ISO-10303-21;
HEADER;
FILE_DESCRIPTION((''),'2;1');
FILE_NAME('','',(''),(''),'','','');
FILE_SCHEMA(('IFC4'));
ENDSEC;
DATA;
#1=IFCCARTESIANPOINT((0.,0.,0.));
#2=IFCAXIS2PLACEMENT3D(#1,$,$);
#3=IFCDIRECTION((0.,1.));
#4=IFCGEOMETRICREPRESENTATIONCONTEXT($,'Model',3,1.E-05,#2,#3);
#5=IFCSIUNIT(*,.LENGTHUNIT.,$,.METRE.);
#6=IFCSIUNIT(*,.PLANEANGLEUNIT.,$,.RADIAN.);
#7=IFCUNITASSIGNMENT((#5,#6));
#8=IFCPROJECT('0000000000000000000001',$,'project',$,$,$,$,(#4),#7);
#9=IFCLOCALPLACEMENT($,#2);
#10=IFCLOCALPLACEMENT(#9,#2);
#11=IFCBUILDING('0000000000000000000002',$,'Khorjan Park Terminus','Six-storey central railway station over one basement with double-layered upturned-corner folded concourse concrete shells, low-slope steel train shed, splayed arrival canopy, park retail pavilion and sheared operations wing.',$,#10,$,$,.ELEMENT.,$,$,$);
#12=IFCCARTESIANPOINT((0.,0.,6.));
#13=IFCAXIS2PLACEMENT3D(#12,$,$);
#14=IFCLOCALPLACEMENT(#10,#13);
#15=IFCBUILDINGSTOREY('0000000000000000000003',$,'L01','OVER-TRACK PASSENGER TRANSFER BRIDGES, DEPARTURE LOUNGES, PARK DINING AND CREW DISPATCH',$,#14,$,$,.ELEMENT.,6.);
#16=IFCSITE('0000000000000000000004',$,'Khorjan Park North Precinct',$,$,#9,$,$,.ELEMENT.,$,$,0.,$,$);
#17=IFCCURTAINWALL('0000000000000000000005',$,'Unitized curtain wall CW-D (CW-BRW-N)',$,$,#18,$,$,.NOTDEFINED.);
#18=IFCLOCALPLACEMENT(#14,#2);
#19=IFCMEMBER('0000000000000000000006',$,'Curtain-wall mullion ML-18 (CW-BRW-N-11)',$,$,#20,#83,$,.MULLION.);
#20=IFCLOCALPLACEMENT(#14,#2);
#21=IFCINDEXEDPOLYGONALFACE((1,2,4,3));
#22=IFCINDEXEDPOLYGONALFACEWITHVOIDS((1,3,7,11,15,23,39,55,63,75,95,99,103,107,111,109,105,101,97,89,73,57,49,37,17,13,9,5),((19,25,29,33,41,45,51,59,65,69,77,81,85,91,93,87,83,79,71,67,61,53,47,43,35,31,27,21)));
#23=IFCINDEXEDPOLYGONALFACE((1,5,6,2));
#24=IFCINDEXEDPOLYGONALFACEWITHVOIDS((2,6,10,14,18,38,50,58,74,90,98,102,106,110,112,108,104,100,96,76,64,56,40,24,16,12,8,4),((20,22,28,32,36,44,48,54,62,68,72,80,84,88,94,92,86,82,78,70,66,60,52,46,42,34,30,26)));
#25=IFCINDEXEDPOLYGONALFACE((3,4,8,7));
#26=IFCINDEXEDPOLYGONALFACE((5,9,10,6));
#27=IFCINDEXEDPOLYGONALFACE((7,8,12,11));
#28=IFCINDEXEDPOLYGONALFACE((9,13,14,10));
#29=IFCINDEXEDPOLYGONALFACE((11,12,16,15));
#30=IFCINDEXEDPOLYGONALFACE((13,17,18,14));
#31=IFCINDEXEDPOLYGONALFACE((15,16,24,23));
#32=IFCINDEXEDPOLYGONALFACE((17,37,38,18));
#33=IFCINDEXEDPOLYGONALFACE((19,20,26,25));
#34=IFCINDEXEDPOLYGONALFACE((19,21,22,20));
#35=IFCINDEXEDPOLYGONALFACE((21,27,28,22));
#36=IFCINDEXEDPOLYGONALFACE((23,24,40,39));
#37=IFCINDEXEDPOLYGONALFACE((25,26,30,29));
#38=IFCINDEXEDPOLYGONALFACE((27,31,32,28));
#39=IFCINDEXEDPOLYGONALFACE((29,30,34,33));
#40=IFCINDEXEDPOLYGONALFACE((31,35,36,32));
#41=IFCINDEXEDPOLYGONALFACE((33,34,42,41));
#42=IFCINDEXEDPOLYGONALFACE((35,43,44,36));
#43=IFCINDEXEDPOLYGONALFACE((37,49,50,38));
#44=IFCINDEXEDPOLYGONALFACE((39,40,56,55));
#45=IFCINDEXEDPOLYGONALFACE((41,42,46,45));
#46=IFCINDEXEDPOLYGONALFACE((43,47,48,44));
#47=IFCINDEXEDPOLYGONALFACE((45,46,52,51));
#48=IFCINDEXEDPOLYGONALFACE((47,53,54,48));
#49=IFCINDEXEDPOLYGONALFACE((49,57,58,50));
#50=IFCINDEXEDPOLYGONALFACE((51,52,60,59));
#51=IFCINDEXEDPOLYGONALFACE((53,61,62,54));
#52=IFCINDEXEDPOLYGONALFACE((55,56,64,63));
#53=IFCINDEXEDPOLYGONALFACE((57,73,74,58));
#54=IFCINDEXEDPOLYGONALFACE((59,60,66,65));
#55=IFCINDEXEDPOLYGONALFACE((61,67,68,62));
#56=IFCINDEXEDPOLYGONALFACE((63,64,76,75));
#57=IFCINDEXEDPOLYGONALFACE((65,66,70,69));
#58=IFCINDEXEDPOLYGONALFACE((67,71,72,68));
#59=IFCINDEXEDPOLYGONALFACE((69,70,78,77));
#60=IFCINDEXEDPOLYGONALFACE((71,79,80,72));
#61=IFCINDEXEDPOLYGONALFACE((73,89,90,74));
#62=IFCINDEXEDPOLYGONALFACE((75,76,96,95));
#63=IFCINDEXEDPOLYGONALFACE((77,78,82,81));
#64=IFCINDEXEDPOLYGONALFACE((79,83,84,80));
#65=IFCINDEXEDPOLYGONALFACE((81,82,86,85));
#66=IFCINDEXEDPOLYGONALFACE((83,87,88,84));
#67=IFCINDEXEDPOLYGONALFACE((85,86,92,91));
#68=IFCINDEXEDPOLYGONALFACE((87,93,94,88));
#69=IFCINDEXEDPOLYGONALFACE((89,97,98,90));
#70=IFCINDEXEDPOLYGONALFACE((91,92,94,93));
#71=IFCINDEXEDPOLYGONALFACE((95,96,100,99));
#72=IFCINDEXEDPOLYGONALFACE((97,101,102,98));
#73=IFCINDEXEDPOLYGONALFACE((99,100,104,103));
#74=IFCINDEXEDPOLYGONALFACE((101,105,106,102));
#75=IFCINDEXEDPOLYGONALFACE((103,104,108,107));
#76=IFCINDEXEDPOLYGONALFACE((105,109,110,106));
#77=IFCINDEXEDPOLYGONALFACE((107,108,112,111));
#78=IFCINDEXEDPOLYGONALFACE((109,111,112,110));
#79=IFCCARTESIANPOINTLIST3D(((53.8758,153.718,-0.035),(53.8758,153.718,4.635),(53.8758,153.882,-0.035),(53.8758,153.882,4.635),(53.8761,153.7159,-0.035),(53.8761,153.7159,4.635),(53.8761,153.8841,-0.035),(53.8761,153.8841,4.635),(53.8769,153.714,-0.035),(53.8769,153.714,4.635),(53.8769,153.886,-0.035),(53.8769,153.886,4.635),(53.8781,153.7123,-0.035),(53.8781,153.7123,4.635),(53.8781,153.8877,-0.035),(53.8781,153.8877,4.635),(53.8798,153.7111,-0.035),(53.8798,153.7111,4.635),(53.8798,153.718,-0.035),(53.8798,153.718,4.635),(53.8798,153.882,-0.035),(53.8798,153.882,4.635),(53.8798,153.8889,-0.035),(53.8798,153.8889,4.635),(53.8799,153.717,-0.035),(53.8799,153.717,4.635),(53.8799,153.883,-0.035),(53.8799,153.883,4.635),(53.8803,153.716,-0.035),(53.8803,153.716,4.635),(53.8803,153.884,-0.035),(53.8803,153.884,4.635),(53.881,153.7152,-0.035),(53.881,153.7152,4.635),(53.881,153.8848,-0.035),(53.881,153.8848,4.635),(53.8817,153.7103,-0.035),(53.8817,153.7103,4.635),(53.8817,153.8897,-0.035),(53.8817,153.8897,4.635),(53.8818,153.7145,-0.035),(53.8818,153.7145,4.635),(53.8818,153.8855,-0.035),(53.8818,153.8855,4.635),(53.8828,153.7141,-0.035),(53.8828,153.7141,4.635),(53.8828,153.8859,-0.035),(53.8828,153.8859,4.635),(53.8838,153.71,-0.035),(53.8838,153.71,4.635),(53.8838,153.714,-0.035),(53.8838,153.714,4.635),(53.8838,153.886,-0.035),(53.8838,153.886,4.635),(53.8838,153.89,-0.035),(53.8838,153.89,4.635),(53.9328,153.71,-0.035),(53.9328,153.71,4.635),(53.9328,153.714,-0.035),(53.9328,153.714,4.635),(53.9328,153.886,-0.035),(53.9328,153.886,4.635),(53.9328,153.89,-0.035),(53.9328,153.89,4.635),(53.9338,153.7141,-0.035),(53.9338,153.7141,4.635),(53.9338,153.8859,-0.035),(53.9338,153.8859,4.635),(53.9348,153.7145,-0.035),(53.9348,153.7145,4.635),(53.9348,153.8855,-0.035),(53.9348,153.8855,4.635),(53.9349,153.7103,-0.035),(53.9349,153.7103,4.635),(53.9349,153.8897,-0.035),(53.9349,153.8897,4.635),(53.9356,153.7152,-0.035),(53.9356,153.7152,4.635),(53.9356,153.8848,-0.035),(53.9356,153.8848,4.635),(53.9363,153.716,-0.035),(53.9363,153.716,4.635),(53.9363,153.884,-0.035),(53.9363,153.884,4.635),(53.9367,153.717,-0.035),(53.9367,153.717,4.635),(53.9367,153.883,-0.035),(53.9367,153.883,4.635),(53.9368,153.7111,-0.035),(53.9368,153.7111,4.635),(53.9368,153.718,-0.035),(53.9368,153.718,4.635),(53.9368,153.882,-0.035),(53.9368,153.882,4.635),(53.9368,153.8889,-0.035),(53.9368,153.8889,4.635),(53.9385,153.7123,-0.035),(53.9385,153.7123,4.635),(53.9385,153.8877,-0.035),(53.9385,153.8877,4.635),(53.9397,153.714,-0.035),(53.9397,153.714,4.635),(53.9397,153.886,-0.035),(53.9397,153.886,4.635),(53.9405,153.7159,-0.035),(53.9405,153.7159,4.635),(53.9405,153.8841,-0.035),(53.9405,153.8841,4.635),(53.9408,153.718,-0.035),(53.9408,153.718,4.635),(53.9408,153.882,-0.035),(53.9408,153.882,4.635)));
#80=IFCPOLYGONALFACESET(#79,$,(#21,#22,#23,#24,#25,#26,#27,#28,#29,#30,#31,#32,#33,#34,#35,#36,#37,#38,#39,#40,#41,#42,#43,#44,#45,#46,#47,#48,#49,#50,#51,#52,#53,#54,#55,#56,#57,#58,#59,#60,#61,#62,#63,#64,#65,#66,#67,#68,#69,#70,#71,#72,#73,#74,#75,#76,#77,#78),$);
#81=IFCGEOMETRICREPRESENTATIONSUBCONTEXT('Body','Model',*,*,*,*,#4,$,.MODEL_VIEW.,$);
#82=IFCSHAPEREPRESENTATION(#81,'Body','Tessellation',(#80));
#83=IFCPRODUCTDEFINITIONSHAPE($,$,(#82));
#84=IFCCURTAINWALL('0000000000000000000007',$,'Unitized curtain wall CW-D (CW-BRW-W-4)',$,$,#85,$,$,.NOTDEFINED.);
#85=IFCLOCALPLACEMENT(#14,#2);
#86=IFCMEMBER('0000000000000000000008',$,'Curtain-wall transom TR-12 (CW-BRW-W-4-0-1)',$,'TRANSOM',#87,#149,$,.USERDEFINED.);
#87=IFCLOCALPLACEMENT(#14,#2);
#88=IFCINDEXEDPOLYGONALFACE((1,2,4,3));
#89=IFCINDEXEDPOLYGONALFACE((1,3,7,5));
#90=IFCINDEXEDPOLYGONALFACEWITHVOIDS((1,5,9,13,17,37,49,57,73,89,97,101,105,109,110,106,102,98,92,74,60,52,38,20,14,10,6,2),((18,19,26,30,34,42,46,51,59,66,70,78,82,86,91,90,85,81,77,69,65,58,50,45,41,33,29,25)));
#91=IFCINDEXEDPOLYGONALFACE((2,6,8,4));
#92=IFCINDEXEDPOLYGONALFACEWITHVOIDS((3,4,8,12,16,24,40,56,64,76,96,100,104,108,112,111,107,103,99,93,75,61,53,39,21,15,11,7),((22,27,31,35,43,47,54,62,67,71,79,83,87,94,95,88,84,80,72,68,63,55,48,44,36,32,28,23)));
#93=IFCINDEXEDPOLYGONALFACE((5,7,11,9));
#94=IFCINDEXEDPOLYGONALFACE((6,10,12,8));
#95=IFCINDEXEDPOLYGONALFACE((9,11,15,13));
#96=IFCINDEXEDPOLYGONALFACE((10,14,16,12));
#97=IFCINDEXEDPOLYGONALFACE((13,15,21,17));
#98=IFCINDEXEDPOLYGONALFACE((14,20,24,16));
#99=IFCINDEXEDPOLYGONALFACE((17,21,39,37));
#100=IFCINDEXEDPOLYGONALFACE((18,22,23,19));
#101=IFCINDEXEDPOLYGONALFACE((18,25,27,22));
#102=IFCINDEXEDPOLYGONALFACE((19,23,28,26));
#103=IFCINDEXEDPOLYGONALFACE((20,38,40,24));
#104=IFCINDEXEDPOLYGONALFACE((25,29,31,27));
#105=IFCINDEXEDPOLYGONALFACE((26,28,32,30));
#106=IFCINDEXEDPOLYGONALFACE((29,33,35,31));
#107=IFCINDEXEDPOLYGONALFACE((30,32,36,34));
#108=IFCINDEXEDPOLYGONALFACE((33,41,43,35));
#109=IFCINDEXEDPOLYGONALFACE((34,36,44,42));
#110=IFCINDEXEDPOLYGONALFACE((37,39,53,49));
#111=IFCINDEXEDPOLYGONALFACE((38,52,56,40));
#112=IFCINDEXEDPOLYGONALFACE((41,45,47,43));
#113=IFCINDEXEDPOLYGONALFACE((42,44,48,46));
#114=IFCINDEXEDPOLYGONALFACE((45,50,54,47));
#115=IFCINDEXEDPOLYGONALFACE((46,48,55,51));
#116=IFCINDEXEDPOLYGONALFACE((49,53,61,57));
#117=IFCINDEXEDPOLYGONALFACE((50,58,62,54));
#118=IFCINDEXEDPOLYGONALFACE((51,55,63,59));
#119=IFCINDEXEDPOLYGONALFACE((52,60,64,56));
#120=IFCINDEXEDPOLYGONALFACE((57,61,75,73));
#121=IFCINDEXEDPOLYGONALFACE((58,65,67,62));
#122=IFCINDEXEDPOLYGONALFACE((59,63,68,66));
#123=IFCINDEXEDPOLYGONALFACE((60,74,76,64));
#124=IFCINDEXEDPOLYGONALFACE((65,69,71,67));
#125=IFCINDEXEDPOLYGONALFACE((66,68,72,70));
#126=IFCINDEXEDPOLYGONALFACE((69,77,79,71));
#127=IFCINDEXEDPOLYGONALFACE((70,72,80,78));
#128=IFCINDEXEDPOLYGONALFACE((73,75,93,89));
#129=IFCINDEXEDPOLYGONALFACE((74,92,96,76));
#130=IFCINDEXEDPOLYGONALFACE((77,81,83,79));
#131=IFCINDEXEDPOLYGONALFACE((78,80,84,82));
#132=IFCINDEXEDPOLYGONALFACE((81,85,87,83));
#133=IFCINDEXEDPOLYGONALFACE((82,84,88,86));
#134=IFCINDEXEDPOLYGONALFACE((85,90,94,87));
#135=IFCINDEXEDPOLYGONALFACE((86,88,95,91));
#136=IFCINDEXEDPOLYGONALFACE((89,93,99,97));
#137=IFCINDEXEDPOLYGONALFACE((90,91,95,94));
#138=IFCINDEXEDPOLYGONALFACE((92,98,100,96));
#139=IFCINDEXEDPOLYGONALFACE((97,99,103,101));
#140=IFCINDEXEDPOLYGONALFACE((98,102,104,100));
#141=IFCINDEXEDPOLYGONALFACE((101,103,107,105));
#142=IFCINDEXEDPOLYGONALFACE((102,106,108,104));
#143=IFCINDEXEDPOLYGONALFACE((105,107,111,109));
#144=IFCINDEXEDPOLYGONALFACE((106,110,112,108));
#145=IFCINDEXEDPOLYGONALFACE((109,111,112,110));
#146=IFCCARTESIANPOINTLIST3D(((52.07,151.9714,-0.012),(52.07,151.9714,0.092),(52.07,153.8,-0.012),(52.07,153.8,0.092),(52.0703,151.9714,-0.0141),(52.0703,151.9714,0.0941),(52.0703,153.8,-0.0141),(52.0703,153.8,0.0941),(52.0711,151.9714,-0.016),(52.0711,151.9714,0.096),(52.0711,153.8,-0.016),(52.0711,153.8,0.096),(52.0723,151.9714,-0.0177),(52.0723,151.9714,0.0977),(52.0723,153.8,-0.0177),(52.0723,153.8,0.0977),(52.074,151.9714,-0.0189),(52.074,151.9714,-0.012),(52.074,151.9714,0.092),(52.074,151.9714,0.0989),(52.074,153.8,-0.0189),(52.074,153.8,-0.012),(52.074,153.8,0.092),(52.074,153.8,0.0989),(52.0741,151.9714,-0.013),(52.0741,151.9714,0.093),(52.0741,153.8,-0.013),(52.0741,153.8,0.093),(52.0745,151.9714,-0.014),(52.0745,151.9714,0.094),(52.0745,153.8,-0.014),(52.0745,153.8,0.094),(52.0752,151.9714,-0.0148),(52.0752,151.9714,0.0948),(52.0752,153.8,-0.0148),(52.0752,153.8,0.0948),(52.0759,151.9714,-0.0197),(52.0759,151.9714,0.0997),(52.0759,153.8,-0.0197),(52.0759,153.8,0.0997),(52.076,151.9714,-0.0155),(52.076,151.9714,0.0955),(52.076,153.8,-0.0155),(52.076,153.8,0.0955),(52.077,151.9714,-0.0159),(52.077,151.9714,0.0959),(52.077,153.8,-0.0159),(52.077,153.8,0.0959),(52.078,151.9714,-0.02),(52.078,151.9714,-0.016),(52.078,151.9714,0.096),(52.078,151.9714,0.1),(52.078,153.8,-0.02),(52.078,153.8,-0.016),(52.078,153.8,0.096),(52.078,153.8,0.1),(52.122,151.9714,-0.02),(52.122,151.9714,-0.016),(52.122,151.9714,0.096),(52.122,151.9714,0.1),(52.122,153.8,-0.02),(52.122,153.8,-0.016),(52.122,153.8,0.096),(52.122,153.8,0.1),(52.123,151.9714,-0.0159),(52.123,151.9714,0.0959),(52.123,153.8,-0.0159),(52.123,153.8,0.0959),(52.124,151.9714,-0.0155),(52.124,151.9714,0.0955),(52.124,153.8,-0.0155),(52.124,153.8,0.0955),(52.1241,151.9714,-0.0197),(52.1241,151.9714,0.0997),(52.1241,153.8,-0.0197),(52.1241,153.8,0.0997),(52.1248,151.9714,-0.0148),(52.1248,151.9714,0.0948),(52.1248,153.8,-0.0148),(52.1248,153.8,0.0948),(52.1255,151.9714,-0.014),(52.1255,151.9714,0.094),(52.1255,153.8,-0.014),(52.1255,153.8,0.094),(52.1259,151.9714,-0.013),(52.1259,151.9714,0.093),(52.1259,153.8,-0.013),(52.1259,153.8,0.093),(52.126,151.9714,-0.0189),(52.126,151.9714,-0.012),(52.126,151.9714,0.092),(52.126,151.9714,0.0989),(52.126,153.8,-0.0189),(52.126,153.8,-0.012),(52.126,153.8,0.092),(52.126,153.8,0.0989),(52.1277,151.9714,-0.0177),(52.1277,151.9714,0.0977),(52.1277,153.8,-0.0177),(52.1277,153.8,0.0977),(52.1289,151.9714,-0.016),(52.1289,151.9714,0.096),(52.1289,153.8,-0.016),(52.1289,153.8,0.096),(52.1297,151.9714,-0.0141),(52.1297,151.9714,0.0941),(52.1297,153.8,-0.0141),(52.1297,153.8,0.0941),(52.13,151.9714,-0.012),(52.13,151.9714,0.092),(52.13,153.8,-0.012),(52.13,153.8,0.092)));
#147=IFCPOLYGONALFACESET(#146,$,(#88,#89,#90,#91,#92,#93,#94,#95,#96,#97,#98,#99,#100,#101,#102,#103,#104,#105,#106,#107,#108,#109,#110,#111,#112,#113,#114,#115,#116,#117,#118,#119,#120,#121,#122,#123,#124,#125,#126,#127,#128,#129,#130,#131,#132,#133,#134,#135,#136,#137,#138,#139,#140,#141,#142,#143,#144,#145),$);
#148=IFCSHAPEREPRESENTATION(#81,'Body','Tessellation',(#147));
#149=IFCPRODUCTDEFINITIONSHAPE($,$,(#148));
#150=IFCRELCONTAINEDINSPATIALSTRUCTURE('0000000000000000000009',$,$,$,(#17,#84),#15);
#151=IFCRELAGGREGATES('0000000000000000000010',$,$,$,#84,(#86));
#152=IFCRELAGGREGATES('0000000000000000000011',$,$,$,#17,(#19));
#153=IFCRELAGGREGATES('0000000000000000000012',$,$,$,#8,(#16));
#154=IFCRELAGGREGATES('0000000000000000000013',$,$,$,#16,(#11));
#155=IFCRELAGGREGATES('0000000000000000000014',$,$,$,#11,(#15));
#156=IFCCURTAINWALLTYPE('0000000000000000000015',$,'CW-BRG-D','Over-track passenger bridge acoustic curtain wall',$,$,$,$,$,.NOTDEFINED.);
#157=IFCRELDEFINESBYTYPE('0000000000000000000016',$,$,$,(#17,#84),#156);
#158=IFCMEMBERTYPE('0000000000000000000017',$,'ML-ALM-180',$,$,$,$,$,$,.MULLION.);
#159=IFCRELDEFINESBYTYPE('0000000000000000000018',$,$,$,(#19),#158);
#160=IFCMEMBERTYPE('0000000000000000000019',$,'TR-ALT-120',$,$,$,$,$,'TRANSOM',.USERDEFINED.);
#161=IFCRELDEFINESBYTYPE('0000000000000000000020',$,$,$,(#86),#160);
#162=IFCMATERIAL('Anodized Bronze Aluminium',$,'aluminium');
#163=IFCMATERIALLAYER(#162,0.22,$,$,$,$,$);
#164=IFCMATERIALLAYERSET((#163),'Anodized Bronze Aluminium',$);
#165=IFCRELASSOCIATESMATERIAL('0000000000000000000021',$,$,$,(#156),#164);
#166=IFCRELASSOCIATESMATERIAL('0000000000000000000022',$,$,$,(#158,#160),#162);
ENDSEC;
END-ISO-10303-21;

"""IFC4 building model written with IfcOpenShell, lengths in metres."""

from ifc_helpers import new_model, si_unit, direction, frame, origin, origin_2d, place, context, subcontext, project, spatial, hollow_rectangle, extrude, material, layer, layer_set, material_profile, profile_set, type_object, element, aggregate, save


model = new_model("IFC4")

# Units and contexts
model_context = context("Model", 3, precision=1e-05, world=origin(), true_north=direction((0.0, 1.0)))
body_context = subcontext(model_context, "Body", "Model", "MODEL_VIEW")
ifc_project = project(units=[si_unit("LENGTHUNIT", "METRE"), si_unit("PLANEANGLEUNIT", "RADIAN")], contexts=[model_context])

# Site, building, storey
site_placement = place(None, origin())
site = spatial("IfcSite", under=ifc_project, at=site_placement, Name="Khorjan Park North Precinct", CompositionType="ELEMENT", RefElevation=0.0)
building_placement = place(site_placement, origin())
building = spatial("IfcBuilding", under=site, at=building_placement, Name="Khorjan Park Terminus", Description="Six-storey central railway station over one basement with double-layered upturned-corner folded concourse concrete shells, low-slope steel train shed, splayed arrival canopy, park retail pavilion and sheared operations wing.", CompositionType="ELEMENT")
storey_placement = place(building_placement, frame((0.0, 0.0, 6.0)))
storey = spatial("IfcBuildingStorey", under=building, at=storey_placement, Name="L01", Description="OVER-TRACK PASSENGER TRANSFER BRIDGES, DEPARTURE LOUNGES, PARK DINING AND CREW DISPATCH", CompositionType="ELEMENT", Elevation=6.0)

# Curtain walls, members
ifc_material_1 = material(Name="Anodized Bronze Aluminium", Category="aluminium")
ifc_layer_1 = layer(ifc_material_1, 0.22)
ifc_layer_set_1 = layer_set([ifc_layer_1], Name="Anodized Bronze Aluminium")
curtain_wall_type = type_object("IfcCurtainWallType", Name="CW-BRG-D", Description="Over-track passenger bridge acoustic curtain wall", PredefinedType="NOTDEFINED", material=ifc_layer_set_1)
curtain_wall_1_placement = place(storey_placement, origin())
curtain_wall_1 = element("IfcCurtainWall", 1, at=curtain_wall_1_placement, inside=storey, type_object=curtain_wall_type, Name="Unitized curtain wall CW-D (CW-BRW-N)", PredefinedType="NOTDEFINED")
ifc_material_profile_1 = material_profile(ifc_material_1, hollow_rectangle(XDim=0.065, YDim=0.18, WallThickness=0.004, InnerFilletRadius=0.004, OuterFilletRadius=0.008, at=origin_2d()), Name="ALM 65x180x4")
ifc_profile_set_1 = profile_set([ifc_material_profile_1], Name="Anodized Bronze Aluminium")
member_type_1 = type_object("IfcMemberType", Name="ML-ALM-180", PredefinedType="MULLION", material=ifc_profile_set_1)
member_1_placement = place(storey_placement, frame((53.9083, 153.8, -0.035), z_axis=(0.0, 0.0, 1.0), x_axis=(-1.0, 0.0, 0.0)))
member_1 = element("IfcMember", 2, at=member_1_placement, type_object=member_type_1, Name="Curtain-wall mullion ML-18 (CW-BRW-N-11)", PredefinedType="MULLION", context=body_context, shape_type="SweptSolid", body=[
    extrude(hollow_rectangle(XDim=0.065, YDim=0.18, WallThickness=0.004, InnerFilletRadius=0.004, OuterFilletRadius=0.008, at=origin_2d()), origin(), (0.0, 0.0, 1.0), 4.67),
])
curtain_wall_2_placement = place(storey_placement, origin())
curtain_wall_2 = element("IfcCurtainWall", 3, at=curtain_wall_2_placement, inside=storey, type_object=curtain_wall_type, Name="Unitized curtain wall CW-D (CW-BRW-W-4)", PredefinedType="NOTDEFINED")
ifc_material_profile_2 = material_profile(ifc_material_1, hollow_rectangle(XDim=0.06, YDim=0.12, WallThickness=0.004, InnerFilletRadius=0.004, OuterFilletRadius=0.008, at=origin_2d()), Name="ALT 60x120x4")
ifc_profile_set_2 = profile_set([ifc_material_profile_2], Name="Anodized Bronze Aluminium")
member_type_2 = type_object("IfcMemberType", Name="TR-ALT-120", ElementType="TRANSOM", PredefinedType="USERDEFINED", material=ifc_profile_set_2)
member_2_placement = place(storey_placement, frame((52.1, 153.8, 0.04), z_axis=(0.0, -1.0, 0.0), x_axis=(1.0, 0.0, 0.0)))
member_2 = element("IfcMember", 4, at=member_2_placement, type_object=member_type_2, Name="Curtain-wall transom TR-12 (CW-BRW-W-4-0-1)", ObjectType="TRANSOM", PredefinedType="USERDEFINED", context=body_context, shape_type="SweptSolid", body=[
    extrude(hollow_rectangle(XDim=0.06, YDim=0.12, WallThickness=0.004, InnerFilletRadius=0.004, OuterFilletRadius=0.008, at=origin_2d()), origin(), (0.0, 0.0, 1.0), 1.8286),
])
aggregate(curtain_wall_2, [member_2])

aggregate(curtain_wall_1, [member_1])

save(model, "model.ifc")
